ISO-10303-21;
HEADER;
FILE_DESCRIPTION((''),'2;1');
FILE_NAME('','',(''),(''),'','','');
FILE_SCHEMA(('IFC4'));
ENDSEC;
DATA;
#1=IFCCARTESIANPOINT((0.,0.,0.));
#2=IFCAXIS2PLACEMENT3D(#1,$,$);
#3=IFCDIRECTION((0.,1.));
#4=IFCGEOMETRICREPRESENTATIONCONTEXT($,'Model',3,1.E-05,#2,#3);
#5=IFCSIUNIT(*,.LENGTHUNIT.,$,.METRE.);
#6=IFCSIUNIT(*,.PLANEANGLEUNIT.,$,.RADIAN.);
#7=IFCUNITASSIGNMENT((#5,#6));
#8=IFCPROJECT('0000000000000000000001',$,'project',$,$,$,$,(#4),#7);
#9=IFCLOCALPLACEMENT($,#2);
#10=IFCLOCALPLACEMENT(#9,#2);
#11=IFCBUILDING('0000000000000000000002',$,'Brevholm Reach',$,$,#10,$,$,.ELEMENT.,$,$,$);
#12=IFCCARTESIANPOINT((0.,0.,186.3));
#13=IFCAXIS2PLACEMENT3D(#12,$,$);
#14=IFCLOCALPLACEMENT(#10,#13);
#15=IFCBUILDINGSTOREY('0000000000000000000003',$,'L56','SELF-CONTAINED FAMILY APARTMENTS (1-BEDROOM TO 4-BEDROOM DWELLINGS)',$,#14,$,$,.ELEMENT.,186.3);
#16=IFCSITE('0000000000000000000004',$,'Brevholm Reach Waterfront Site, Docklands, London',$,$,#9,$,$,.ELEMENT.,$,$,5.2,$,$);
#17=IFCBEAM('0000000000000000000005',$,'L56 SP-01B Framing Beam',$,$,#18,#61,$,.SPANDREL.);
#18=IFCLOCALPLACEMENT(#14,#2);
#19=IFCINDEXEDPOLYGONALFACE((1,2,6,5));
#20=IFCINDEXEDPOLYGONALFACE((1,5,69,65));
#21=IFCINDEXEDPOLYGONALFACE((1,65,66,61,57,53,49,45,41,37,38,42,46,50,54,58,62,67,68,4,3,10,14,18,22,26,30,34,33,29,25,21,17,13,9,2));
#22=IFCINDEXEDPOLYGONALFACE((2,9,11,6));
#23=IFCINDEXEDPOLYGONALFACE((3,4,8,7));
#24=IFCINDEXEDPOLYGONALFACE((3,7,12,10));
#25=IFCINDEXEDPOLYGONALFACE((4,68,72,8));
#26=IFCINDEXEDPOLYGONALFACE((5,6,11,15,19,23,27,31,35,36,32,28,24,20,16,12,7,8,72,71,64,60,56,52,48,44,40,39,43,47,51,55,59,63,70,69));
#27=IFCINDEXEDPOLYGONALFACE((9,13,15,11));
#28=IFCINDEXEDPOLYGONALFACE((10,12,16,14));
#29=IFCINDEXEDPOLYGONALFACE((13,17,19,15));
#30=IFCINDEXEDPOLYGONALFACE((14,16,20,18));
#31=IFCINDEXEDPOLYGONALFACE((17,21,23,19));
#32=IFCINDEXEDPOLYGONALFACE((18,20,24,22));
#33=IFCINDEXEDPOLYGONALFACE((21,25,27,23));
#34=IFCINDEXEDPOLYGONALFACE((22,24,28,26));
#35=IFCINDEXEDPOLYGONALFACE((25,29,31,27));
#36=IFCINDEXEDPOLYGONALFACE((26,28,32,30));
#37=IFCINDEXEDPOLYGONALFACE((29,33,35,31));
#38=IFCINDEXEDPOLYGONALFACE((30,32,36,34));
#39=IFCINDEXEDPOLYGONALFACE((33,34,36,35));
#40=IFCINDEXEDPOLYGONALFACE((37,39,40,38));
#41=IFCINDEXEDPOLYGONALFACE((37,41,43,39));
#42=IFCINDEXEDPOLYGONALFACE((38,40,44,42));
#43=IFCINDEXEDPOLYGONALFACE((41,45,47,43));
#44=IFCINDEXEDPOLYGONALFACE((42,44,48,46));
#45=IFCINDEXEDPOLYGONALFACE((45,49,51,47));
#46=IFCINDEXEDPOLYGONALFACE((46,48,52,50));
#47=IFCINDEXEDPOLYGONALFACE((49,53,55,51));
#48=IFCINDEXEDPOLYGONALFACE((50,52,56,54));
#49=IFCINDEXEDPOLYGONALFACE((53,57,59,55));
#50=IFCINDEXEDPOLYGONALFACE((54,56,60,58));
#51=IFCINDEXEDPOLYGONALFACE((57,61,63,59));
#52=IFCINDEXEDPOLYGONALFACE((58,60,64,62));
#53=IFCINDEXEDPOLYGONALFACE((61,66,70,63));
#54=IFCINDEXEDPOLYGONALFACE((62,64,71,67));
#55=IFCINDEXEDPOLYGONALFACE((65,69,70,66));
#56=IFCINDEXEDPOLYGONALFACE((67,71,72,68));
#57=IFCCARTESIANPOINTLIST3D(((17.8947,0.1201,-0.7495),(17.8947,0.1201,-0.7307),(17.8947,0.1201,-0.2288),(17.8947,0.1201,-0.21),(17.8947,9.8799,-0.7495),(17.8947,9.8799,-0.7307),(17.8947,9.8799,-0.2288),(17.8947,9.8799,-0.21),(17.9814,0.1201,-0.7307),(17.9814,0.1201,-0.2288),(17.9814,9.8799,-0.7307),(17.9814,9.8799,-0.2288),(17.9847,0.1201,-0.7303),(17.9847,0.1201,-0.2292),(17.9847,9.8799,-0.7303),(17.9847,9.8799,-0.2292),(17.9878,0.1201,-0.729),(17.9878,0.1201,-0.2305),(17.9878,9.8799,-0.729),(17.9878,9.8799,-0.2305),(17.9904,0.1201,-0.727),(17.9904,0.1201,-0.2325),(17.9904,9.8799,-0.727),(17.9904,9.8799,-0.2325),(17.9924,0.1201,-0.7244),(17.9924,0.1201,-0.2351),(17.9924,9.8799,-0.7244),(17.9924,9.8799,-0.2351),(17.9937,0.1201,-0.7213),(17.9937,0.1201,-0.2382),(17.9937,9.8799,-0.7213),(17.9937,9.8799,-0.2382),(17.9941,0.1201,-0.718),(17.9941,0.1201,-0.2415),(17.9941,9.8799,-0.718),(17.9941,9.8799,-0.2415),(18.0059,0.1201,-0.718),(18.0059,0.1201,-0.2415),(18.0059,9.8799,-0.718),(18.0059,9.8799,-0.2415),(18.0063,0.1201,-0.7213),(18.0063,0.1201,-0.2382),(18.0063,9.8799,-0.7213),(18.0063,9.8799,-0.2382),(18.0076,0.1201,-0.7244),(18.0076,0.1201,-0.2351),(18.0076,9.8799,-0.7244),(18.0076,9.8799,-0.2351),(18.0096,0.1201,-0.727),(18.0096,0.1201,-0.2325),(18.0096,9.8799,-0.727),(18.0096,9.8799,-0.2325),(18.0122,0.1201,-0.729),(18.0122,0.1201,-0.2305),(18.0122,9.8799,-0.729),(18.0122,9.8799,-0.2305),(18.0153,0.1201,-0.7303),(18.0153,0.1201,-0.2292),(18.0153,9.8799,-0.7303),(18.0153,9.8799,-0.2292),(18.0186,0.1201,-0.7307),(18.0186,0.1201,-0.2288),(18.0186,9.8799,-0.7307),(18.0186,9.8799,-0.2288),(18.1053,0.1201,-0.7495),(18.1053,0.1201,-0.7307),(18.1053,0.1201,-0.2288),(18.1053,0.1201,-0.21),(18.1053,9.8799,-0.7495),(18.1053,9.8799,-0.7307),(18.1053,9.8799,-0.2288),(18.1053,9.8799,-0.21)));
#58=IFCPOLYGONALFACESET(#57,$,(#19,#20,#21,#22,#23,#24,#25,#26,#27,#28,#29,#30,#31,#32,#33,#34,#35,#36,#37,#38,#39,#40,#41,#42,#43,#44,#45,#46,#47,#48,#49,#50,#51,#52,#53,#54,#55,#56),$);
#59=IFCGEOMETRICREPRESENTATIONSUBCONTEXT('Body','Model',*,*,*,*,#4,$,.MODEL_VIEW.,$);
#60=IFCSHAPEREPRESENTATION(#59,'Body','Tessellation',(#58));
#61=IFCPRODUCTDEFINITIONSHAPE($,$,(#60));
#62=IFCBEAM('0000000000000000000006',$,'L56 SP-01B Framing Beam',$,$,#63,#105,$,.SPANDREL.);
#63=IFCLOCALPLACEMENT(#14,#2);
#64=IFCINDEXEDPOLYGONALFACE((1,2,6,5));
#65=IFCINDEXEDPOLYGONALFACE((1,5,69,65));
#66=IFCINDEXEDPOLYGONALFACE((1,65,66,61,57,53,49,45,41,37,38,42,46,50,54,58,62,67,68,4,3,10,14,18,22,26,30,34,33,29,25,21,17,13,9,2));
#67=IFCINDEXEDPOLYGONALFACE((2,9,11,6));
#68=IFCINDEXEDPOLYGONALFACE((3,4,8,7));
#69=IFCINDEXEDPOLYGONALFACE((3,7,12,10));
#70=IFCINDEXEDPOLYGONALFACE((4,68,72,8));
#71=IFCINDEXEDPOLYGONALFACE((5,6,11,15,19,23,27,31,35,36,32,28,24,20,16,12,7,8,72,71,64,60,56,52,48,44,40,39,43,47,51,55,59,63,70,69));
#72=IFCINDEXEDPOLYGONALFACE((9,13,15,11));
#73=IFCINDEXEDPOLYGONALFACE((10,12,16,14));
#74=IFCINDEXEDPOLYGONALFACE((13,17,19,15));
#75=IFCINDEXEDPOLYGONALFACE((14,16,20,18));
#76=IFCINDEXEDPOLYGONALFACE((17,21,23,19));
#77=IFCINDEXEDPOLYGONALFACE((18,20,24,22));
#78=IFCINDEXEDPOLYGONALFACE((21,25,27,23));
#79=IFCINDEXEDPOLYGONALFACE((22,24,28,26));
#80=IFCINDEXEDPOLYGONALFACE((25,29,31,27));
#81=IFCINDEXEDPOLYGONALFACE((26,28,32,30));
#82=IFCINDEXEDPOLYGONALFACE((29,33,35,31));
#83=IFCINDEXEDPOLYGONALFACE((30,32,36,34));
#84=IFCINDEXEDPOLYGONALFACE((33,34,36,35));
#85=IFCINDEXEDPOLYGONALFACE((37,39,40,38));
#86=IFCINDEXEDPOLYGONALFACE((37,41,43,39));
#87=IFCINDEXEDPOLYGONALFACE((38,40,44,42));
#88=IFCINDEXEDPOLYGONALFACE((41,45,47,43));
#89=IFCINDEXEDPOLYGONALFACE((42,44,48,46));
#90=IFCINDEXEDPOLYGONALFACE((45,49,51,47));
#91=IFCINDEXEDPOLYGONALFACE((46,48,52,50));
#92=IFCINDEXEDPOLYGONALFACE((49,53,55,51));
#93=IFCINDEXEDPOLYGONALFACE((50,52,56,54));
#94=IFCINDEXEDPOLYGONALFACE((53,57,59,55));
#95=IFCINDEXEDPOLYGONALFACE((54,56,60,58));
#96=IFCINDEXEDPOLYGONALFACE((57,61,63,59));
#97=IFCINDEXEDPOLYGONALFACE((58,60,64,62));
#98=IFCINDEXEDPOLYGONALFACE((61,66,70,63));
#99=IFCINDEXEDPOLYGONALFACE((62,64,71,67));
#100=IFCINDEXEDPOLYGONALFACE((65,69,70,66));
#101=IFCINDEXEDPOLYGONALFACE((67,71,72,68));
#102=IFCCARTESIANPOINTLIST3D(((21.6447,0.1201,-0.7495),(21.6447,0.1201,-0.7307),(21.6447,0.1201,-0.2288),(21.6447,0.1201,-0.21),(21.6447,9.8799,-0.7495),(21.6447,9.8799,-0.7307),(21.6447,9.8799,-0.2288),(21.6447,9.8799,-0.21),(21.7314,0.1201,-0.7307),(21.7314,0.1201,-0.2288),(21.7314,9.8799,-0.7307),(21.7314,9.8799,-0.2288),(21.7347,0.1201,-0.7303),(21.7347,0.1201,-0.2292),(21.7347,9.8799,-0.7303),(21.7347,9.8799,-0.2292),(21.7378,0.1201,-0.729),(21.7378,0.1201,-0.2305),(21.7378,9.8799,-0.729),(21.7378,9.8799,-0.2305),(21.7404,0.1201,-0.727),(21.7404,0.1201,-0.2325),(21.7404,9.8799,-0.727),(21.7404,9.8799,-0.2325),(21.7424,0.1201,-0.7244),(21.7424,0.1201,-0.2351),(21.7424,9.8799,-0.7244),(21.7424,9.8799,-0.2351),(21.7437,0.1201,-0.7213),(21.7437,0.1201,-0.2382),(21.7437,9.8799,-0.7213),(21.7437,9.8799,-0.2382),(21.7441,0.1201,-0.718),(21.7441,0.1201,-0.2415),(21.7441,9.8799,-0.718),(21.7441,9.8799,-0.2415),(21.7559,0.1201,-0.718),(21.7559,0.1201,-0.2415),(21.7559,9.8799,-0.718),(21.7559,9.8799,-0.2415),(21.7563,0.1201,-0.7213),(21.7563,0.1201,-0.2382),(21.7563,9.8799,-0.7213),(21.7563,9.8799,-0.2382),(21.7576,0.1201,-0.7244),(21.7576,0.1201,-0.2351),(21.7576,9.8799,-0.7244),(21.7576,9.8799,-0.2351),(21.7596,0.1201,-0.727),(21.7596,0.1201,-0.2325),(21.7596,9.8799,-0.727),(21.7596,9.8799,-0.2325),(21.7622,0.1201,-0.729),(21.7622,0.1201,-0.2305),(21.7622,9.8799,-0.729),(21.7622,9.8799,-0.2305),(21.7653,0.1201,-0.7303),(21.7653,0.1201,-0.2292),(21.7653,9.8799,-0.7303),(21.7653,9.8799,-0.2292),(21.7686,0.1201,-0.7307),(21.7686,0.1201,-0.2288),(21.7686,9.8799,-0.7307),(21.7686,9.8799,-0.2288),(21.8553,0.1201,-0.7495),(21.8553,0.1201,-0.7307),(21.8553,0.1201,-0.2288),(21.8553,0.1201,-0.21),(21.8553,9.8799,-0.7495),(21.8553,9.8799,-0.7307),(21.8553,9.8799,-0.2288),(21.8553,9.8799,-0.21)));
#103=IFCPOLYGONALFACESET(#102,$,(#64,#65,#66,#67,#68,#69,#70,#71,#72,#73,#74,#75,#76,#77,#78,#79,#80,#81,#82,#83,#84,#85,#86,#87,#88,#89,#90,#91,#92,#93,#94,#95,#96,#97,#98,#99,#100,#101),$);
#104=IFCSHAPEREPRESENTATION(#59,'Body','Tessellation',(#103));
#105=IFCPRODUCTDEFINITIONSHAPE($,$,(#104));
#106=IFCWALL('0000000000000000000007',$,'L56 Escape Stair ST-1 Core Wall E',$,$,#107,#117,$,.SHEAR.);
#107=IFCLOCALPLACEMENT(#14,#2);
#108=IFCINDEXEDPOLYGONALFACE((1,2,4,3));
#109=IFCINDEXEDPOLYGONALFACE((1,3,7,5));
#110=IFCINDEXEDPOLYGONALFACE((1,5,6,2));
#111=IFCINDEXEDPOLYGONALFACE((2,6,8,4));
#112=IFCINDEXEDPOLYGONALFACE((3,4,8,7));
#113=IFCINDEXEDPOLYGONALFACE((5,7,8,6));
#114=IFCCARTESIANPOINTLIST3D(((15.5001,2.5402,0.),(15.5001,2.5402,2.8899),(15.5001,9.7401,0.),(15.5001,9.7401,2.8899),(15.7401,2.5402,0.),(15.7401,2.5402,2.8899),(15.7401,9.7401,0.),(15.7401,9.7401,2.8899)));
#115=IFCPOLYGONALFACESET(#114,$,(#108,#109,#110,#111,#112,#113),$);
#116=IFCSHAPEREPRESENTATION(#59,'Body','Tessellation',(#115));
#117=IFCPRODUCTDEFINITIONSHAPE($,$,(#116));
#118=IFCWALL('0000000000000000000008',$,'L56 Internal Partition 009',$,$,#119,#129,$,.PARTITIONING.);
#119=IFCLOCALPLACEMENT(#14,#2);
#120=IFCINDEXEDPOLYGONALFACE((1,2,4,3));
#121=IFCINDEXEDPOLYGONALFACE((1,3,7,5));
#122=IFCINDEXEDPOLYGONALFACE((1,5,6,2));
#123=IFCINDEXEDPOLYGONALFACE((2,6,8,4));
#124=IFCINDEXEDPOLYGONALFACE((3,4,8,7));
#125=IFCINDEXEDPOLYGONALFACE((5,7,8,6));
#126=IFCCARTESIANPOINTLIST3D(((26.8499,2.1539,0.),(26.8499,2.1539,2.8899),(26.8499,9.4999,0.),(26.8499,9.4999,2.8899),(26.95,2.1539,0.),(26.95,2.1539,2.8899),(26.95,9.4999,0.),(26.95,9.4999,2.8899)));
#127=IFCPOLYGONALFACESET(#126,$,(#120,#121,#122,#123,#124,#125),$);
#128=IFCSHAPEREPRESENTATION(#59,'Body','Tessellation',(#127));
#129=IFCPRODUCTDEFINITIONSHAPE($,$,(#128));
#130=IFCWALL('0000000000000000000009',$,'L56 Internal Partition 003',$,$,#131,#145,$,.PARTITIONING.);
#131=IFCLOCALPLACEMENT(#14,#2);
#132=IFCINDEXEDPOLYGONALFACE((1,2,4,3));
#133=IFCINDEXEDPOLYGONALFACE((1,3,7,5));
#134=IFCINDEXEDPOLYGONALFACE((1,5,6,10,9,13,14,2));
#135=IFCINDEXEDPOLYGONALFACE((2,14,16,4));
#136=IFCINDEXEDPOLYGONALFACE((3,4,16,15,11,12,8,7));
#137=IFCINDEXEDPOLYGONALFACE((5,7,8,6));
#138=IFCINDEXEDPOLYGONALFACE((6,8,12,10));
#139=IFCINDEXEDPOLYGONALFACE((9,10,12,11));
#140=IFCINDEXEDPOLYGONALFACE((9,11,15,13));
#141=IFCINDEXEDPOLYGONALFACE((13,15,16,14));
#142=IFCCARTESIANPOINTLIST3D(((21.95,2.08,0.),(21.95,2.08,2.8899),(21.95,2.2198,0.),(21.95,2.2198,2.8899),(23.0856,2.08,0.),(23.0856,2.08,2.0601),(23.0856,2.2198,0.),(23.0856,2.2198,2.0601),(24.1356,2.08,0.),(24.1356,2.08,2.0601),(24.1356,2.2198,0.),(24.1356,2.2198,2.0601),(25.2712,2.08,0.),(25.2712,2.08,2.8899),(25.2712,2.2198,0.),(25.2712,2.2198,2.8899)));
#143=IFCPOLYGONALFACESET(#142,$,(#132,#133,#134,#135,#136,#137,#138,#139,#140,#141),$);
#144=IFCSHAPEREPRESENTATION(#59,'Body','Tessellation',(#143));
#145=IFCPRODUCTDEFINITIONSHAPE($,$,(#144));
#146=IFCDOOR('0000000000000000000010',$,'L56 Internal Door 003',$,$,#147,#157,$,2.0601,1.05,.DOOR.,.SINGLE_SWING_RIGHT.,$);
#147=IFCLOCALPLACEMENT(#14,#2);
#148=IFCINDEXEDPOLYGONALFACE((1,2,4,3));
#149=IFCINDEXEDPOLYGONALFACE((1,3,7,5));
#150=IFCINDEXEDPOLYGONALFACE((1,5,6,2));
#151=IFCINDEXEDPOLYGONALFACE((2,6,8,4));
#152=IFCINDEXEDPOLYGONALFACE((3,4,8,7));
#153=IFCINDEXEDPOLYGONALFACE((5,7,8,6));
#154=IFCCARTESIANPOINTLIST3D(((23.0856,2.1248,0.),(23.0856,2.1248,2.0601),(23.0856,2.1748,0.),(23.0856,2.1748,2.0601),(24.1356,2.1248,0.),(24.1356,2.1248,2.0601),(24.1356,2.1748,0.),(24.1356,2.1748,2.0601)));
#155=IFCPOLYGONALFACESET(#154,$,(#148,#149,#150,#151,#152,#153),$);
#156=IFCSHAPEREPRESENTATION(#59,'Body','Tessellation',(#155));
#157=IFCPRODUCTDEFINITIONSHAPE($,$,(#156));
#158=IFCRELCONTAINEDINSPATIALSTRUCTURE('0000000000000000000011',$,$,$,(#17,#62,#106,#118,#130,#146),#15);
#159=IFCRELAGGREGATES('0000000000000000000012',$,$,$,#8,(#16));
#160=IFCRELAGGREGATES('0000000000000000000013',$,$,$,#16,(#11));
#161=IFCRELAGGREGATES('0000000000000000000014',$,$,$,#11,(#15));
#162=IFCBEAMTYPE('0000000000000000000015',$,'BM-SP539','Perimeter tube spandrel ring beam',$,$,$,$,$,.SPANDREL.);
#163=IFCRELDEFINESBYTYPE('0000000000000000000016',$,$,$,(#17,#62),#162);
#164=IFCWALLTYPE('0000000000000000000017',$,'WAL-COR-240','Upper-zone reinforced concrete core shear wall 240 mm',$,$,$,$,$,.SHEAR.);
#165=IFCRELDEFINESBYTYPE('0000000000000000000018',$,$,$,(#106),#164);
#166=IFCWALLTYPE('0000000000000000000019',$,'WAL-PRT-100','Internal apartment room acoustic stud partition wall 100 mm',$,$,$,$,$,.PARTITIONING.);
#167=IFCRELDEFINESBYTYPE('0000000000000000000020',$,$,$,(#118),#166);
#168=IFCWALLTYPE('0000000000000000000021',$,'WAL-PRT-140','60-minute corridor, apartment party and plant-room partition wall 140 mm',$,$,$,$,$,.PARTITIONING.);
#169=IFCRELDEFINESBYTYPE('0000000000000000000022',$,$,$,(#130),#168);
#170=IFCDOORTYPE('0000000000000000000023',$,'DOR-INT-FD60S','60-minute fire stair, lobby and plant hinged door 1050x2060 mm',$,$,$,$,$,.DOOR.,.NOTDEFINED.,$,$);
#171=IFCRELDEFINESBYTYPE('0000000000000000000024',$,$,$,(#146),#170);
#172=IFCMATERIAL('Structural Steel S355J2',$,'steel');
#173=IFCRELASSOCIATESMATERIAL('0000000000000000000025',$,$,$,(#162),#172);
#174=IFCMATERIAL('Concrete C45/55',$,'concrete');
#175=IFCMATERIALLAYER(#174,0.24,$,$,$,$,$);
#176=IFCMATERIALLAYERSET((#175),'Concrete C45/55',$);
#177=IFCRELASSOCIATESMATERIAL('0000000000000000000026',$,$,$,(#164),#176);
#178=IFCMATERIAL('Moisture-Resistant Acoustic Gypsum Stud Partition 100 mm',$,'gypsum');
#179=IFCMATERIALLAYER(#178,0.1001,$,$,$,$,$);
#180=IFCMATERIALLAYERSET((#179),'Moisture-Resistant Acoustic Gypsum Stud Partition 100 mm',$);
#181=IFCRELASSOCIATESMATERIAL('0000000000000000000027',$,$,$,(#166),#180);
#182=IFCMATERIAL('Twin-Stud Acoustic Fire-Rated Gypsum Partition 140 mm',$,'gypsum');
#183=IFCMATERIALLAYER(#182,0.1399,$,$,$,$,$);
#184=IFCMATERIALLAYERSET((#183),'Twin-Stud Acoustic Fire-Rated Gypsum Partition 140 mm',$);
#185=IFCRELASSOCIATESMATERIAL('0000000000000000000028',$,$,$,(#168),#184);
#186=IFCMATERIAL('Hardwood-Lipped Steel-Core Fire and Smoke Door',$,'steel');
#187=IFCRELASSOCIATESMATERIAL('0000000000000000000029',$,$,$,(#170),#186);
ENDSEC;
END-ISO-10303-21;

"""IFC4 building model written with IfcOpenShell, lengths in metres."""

from ifc_helpers import new_model, si_unit, direction, frame, frame_2d, origin, origin_2d, place, context, subcontext, project, spatial, rectangle, i_section, extrude, material, layer, layer_set, material_profile, profile_set, type_object, element, fill, save


model = new_model("IFC4")

# Units and contexts
model_context = context("Model", 3, precision=1e-05, world=origin(), true_north=direction((0.0, 1.0)))
body_context = subcontext(model_context, "Body", "Model", "MODEL_VIEW")
ifc_project = project(units=[si_unit("LENGTHUNIT", "METRE"), si_unit("PLANEANGLEUNIT", "RADIAN")], contexts=[model_context])

# Site, building, storey
site_placement = place(None, origin())
site = spatial("IfcSite", under=ifc_project, at=site_placement, Name="Brevholm Reach Waterfront Site, Docklands, London", CompositionType="ELEMENT", RefElevation=5.2)
building_placement = place(site_placement, origin())
building = spatial("IfcBuilding", under=site, at=building_placement, Name="Brevholm Reach", CompositionType="ELEMENT")
storey_placement = place(building_placement, frame((0.0, 0.0, 186.3)))
storey = spatial("IfcBuildingStorey", under=building, at=storey_placement, Name="L56", Description="SELF-CONTAINED FAMILY APARTMENTS (1-BEDROOM TO 4-BEDROOM DWELLINGS)", CompositionType="ELEMENT", Elevation=186.3)

# Beams
ifc_material_1 = material(Name="Structural Steel S355J2", Category="steel")
ifc_material_profile_1 = material_profile(ifc_material_1, i_section(OverallWidth=0.2107, OverallDepth=0.5396, WebThickness=0.0117, FlangeThickness=0.0188, FilletRadius=0.0127, at=origin_2d()), Name="UKB 533x210x109")
ifc_profile_set_1 = profile_set([ifc_material_profile_1], Name="Structural Steel S355J2")
beam_type_1 = type_object("IfcBeamType", Name="BM-SP539", Description="Perimeter tube spandrel ring beam", PredefinedType="SPANDREL", material=ifc_profile_set_1)
for number, where, z_axis, x_axis, name in (
    (1, (18.0, 0.1201, -0.4797), (0.0, 1.0, 0.0), (-1.0, 0.0, 0.0), "L56 SP-01B Framing Beam"),
    (2, (21.75, 0.1201, -0.4797), (0.0, 1.0, 0.0), (-1.0, 0.0, 0.0), "L56 SP-01B Framing Beam"),
):
    element("IfcBeam", number, at=place(storey_placement, frame(where, z_axis=z_axis, x_axis=x_axis)), inside=storey, type_object=beam_type_1, Name=name, PredefinedType="SPANDREL", context=body_context, shape_type="SweptSolid", body=[
        extrude(i_section(OverallWidth=0.2107, OverallDepth=0.5396, WebThickness=0.0117, FlangeThickness=0.0188, FilletRadius=0.0127, at=origin_2d()), origin(), (0.0, 0.0, 1.0), 9.7598),
    ])

# Walls
ifc_material_2 = material(Name="Concrete C45/55", Category="concrete")
ifc_layer_1 = layer(ifc_material_2, 0.24)
ifc_layer_set_1 = layer_set([ifc_layer_1], Name="Concrete C45/55")
wall_type_1 = type_object("IfcWallType", Name="WAL-COR-240", Description="Upper-zone reinforced concrete core shear wall 240 mm", PredefinedType="SHEAR", material=ifc_layer_set_1)
wall_1_placement = place(storey_placement, frame((15.6201, 2.54, 0.0), z_axis=(0.0, 0.0, 1.0), x_axis=(0.0, 1.0, 0.0)))
element("IfcWall", 3, at=wall_1_placement, inside=storey, type_object=wall_type_1, Name="L56 Escape Stair ST-1 Core Wall E", PredefinedType="SHEAR", context=body_context, shape_type="SweptSolid", body=[
    extrude(rectangle(XDim=7.2, YDim=0.24, at=frame_2d((3.6001, 0.0))), origin(), (0.0, 0.0, 1.0), 2.8899),
])
ifc_material_3 = material(Name="Moisture-Resistant Acoustic Gypsum Stud Partition 100 mm", Category="gypsum")
ifc_layer_2 = layer(ifc_material_3, 0.1001)
ifc_layer_set_2 = layer_set([ifc_layer_2], Name="Moisture-Resistant Acoustic Gypsum Stud Partition 100 mm")
wall_type_2 = type_object("IfcWallType", Name="WAL-PRT-100", Description="Internal apartment room acoustic stud partition wall 100 mm", PredefinedType="PARTITIONING", material=ifc_layer_set_2)
wall_2_placement = place(storey_placement, frame((26.8999, 2.1541, 0.0), z_axis=(0.0, 0.0, 1.0), x_axis=(0.0, 1.0, 0.0)))
element("IfcWall", 4, at=wall_2_placement, inside=storey, type_object=wall_type_2, Name="L56 Internal Partition 009", PredefinedType="PARTITIONING", context=body_context, shape_type="SweptSolid", body=[
    extrude(rectangle(XDim=7.3459, YDim=0.1001, at=frame_2d((3.6729, 0.0))), origin(), (0.0, 0.0, 1.0), 2.8899),
])

# Wall, opening, door
ifc_material_4 = material(Name="Twin-Stud Acoustic Fire-Rated Gypsum Partition 140 mm", Category="gypsum")
ifc_layer_3 = layer(ifc_material_4, 0.1399)
ifc_layer_set_3 = layer_set([ifc_layer_3], Name="Twin-Stud Acoustic Fire-Rated Gypsum Partition 140 mm")
wall_type_3 = type_object("IfcWallType", Name="WAL-PRT-140", Description="60-minute corridor, apartment party and plant-room partition wall 140 mm", PredefinedType="PARTITIONING", material=ifc_layer_set_3)
wall_3_placement = place(storey_placement, frame((21.95, 2.1499, 0.0), z_axis=(0.0, 0.0, 1.0), x_axis=(1.0, 0.0, 0.0)))
wall_3 = element("IfcWall", 5, at=wall_3_placement, inside=storey, type_object=wall_type_3, Name="L56 Internal Partition 003", PredefinedType="PARTITIONING", context=body_context, shape_type="SweptSolid", body=[
    extrude(rectangle(XDim=3.3213, YDim=0.1399, at=frame_2d((1.6606, 0.0))), origin(), (0.0, 0.0, 1.0), 2.8899),
])
opening_1_placement = place(wall_3_placement, frame((1.1357, 0.0, 0.0)))
opening_1 = element("IfcOpeningElement", 6, at=opening_1_placement, cuts=wall_3, PredefinedType="OPENING", context=body_context, shape_type="SweptSolid", body=[
    extrude(rectangle(XDim=1.05, YDim=2.0601, at=frame_2d((0.5249, 1.03))), frame((0.0, 0.0798, 0.0), z_axis=(0.0, -1.0, 0.0), x_axis=(1.0, 0.0, 0.0)), (0.0, 0.0, 1.0), 0.1599),
])
ifc_material_5 = material(Name="Hardwood-Lipped Steel-Core Fire and Smoke Door", Category="steel")
door_type_1 = type_object("IfcDoorType", Name="DOR-INT-FD60S", Description="60-minute fire stair, lobby and plant hinged door 1050x2060 mm", OperationType="NOTDEFINED", PredefinedType="DOOR", material=ifc_material_5)
door_1_placement = place(opening_1_placement, origin())
door_1 = element("IfcDoor", 7, at=door_1_placement, inside=storey, type_object=door_type_1, Name="L56 Internal Door 003", OperationType="SINGLE_SWING_RIGHT", OverallHeight=2.0601, OverallWidth=1.05, PredefinedType="DOOR", context=body_context, shape_type="SweptSolid", body=[
    extrude(rectangle(XDim=1.05, YDim=2.0601, at=frame_2d((0.5249, 1.03))), frame((0.0, 0.0249, 0.0), z_axis=(0.0, -1.0, 0.0), x_axis=(1.0, 0.0, 0.0)), (0.0, 0.0, 1.0), 0.05),
])
fill(opening_1, door_1)

save(model, "model.ifc")
